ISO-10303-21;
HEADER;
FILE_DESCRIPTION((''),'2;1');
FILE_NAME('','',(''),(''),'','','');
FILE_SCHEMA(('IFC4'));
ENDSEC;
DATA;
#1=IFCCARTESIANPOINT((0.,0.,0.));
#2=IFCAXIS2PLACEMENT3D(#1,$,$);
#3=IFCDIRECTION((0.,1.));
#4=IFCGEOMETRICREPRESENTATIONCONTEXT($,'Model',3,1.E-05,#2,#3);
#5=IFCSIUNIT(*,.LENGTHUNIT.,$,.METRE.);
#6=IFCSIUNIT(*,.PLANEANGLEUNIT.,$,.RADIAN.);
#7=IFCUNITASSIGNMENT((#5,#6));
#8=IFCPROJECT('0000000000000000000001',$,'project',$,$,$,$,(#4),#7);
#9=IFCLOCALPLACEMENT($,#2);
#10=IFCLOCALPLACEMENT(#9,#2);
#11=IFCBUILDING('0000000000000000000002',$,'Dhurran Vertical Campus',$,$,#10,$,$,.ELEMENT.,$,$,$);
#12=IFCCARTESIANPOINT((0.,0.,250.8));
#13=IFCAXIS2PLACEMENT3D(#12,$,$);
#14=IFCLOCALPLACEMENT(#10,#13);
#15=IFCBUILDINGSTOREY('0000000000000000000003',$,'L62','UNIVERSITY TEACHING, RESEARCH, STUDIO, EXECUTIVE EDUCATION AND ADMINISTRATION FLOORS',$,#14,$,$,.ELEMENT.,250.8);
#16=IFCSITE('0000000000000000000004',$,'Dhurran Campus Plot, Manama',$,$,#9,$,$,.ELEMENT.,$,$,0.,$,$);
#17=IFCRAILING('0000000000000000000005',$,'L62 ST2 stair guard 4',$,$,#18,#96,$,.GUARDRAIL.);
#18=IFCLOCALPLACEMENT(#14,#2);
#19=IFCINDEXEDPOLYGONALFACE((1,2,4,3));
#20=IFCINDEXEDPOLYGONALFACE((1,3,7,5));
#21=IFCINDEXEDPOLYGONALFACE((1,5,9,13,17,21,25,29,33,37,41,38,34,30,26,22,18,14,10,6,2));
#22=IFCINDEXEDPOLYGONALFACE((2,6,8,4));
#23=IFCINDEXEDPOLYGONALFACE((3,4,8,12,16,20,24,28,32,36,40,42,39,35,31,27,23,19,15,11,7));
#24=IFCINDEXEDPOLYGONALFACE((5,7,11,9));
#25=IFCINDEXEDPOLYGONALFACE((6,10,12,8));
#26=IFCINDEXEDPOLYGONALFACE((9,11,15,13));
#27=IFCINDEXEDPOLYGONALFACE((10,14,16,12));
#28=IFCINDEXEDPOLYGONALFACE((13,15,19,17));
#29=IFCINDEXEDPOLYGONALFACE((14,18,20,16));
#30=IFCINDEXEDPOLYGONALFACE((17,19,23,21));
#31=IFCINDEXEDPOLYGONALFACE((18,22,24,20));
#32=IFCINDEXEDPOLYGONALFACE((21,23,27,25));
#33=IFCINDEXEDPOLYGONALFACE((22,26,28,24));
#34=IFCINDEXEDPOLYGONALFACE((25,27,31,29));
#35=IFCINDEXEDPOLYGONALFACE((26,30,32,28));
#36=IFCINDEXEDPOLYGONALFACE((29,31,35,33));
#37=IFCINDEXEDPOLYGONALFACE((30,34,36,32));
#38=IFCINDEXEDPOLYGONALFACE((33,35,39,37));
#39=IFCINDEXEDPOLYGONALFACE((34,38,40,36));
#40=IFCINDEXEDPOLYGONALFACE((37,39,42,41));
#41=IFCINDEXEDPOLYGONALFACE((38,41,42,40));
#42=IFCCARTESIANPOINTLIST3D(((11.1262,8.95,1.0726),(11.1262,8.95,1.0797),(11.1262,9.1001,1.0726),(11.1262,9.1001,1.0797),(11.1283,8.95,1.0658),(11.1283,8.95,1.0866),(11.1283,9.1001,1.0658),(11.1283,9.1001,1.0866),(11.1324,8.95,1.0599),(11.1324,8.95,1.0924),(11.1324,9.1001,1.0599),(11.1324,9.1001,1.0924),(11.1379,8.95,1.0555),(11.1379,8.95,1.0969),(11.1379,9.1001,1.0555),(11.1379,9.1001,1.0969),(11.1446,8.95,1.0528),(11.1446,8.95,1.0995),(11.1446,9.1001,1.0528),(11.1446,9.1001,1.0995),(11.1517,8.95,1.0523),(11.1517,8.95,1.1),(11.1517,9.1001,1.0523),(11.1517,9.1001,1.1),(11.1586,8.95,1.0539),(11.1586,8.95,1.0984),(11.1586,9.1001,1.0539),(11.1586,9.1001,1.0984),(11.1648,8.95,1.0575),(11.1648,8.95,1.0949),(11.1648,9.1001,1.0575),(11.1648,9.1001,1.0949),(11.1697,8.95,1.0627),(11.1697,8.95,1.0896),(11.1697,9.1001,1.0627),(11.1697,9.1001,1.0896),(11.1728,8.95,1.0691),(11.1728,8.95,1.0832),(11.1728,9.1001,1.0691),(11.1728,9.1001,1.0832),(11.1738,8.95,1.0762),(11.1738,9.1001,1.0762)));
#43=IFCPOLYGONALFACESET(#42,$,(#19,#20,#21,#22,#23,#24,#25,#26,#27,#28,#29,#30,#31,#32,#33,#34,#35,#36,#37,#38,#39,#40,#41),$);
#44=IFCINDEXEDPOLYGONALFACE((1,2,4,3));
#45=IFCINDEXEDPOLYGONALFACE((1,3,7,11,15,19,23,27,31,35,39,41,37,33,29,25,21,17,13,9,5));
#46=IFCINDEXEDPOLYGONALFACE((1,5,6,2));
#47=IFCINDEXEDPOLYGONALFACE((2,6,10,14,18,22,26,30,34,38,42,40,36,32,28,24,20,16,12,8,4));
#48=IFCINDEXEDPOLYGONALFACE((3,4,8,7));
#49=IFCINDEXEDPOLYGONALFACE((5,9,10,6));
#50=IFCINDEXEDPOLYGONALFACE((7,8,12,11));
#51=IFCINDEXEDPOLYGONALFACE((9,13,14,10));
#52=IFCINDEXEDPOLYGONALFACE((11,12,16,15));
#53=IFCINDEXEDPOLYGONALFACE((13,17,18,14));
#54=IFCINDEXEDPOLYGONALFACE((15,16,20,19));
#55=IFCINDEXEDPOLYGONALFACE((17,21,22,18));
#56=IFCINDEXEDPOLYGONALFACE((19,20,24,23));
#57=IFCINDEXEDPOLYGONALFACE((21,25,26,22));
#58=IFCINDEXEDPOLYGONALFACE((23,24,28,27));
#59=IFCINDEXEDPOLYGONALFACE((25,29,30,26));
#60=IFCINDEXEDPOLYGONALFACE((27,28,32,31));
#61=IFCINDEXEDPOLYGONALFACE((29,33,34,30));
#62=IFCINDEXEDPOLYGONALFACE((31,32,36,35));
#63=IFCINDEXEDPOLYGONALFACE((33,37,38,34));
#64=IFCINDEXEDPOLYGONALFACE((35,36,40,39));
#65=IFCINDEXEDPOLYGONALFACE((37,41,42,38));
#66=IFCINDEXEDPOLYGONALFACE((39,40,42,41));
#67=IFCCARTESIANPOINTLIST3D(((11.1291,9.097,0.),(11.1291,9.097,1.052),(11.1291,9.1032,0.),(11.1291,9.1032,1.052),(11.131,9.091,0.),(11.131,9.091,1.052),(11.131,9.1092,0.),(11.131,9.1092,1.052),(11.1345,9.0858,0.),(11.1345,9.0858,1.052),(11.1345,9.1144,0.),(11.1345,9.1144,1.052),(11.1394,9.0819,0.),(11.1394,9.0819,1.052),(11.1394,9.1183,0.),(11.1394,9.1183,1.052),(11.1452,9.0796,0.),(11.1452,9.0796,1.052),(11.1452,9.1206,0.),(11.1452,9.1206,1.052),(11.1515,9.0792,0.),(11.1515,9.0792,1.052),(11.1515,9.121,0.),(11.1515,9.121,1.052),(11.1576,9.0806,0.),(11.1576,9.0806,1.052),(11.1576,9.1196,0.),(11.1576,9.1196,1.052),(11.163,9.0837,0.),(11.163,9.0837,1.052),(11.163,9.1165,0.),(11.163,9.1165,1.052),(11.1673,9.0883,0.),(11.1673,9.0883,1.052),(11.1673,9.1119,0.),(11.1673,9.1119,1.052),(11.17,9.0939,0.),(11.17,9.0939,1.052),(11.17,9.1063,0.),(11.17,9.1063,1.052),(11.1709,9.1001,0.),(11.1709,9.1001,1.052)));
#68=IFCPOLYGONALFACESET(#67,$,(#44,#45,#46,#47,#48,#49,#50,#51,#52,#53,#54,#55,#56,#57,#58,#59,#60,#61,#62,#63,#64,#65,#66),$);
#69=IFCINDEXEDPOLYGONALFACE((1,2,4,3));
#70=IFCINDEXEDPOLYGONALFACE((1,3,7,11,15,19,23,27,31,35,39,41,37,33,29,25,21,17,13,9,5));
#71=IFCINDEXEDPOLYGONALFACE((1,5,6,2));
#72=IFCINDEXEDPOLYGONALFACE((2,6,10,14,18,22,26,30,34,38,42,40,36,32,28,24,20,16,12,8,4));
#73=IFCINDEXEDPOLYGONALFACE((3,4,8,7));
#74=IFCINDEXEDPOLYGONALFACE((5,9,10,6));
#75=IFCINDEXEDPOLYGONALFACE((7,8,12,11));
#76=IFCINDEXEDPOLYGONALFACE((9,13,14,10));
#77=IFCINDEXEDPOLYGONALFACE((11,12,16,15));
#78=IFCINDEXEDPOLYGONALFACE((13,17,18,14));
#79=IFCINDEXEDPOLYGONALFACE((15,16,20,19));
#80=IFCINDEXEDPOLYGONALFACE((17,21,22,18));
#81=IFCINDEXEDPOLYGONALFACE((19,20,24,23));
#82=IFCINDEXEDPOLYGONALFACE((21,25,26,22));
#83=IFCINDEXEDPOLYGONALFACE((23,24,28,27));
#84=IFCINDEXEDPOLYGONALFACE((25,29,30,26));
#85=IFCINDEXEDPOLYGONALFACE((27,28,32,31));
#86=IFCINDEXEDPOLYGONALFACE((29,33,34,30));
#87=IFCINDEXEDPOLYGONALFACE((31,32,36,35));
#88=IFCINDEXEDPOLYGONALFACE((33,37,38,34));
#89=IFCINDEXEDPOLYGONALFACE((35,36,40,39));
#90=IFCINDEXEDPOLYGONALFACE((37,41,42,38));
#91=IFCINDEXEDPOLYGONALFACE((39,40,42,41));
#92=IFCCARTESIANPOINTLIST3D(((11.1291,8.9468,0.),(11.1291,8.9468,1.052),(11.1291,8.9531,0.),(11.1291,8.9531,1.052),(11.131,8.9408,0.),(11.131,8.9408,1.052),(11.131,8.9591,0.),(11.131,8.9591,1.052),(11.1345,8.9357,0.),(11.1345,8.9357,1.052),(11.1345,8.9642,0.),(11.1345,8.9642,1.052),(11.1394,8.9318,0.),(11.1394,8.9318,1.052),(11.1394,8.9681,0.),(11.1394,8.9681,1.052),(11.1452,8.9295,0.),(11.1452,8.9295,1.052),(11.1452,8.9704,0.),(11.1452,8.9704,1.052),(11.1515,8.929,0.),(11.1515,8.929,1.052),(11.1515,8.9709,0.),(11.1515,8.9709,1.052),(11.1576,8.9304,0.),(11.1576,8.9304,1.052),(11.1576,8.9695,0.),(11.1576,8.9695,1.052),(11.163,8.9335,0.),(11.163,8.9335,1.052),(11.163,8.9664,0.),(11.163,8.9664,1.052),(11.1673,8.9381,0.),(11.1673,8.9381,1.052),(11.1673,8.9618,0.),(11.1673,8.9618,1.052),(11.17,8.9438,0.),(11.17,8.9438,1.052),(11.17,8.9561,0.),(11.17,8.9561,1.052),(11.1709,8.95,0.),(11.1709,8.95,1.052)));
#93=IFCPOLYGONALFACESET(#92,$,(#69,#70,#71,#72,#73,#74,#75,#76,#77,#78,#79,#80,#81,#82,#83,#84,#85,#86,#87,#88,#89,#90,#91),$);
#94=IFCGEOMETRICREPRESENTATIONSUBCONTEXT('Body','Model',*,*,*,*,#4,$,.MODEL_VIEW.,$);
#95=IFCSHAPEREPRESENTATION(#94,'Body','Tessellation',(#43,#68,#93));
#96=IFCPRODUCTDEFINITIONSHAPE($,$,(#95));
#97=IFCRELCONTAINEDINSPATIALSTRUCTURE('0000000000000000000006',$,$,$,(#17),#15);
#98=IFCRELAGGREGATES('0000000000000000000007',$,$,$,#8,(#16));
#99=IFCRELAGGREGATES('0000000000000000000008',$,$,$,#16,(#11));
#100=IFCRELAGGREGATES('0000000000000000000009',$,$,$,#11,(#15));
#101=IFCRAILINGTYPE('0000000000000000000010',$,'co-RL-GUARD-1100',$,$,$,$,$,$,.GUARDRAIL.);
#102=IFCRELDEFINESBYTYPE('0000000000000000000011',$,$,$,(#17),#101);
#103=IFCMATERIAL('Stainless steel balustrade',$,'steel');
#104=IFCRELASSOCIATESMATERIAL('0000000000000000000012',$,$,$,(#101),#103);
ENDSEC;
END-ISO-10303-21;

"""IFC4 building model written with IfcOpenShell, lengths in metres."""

from ifc_helpers import new_model, si_unit, direction, frame, origin, origin_2d, place, context, subcontext, project, spatial, circle, extrude, material, type_object, element, save


model = new_model("IFC4")

# Units and contexts
model_context = context("Model", 3, precision=1e-05, world=origin(), true_north=direction((0.0, 1.0)))
body_context = subcontext(model_context, "Body", "Model", "MODEL_VIEW")
ifc_project = project(units=[si_unit("LENGTHUNIT", "METRE"), si_unit("PLANEANGLEUNIT", "RADIAN")], contexts=[model_context])

# Site, building, storey
site_placement = place(None, origin())
site = spatial("IfcSite", under=ifc_project, at=site_placement, Name="Dhurran Campus Plot, Manama", CompositionType="ELEMENT", RefElevation=0.0)
building_placement = place(site_placement, origin())
building = spatial("IfcBuilding", under=site, at=building_placement, Name="Dhurran Vertical Campus", CompositionType="ELEMENT")
storey_placement = place(building_placement, frame((0.0, 0.0, 250.8)))
storey = spatial("IfcBuildingStorey", under=building, at=storey_placement, Name="L62", Description="UNIVERSITY TEACHING, RESEARCH, STUDIO, EXECUTIVE EDUCATION AND ADMINISTRATION FLOORS", CompositionType="ELEMENT", Elevation=250.8)

# Railing
ifc_material_1 = material(Name="Stainless steel balustrade", Category="steel")
railing_type = type_object("IfcRailingType", Name="co-RL-GUARD-1100", PredefinedType="GUARDRAIL", material=ifc_material_1)
railing_1_placement = place(storey_placement, frame((11.1499, 9.1001, 0.0)))
element("IfcRailing", 1, at=railing_1_placement, inside=storey, type_object=railing_type, Name="L62 ST2 stair guard 4", PredefinedType="GUARDRAIL", context=body_context, shape_type="SweptSolid", body=[
    extrude(circle(Radius=0.0239, at=origin_2d()), frame((0.0, 0.0, 1.0762), z_axis=(0.0, -1.0, 0.0), x_axis=(1.0, 0.0, 0.0)), (0.0, 0.0, 1.0), 0.1501),
    extrude(circle(Radius=0.021, at=origin_2d()), origin(), (0.0, 0.0, 1.0), 1.052),
    extrude(circle(Radius=0.021, at=origin_2d()), frame((0.0, -0.1501, 0.0)), (0.0, 0.0, 1.0), 1.052),
])

save(model, "model.ifc")
